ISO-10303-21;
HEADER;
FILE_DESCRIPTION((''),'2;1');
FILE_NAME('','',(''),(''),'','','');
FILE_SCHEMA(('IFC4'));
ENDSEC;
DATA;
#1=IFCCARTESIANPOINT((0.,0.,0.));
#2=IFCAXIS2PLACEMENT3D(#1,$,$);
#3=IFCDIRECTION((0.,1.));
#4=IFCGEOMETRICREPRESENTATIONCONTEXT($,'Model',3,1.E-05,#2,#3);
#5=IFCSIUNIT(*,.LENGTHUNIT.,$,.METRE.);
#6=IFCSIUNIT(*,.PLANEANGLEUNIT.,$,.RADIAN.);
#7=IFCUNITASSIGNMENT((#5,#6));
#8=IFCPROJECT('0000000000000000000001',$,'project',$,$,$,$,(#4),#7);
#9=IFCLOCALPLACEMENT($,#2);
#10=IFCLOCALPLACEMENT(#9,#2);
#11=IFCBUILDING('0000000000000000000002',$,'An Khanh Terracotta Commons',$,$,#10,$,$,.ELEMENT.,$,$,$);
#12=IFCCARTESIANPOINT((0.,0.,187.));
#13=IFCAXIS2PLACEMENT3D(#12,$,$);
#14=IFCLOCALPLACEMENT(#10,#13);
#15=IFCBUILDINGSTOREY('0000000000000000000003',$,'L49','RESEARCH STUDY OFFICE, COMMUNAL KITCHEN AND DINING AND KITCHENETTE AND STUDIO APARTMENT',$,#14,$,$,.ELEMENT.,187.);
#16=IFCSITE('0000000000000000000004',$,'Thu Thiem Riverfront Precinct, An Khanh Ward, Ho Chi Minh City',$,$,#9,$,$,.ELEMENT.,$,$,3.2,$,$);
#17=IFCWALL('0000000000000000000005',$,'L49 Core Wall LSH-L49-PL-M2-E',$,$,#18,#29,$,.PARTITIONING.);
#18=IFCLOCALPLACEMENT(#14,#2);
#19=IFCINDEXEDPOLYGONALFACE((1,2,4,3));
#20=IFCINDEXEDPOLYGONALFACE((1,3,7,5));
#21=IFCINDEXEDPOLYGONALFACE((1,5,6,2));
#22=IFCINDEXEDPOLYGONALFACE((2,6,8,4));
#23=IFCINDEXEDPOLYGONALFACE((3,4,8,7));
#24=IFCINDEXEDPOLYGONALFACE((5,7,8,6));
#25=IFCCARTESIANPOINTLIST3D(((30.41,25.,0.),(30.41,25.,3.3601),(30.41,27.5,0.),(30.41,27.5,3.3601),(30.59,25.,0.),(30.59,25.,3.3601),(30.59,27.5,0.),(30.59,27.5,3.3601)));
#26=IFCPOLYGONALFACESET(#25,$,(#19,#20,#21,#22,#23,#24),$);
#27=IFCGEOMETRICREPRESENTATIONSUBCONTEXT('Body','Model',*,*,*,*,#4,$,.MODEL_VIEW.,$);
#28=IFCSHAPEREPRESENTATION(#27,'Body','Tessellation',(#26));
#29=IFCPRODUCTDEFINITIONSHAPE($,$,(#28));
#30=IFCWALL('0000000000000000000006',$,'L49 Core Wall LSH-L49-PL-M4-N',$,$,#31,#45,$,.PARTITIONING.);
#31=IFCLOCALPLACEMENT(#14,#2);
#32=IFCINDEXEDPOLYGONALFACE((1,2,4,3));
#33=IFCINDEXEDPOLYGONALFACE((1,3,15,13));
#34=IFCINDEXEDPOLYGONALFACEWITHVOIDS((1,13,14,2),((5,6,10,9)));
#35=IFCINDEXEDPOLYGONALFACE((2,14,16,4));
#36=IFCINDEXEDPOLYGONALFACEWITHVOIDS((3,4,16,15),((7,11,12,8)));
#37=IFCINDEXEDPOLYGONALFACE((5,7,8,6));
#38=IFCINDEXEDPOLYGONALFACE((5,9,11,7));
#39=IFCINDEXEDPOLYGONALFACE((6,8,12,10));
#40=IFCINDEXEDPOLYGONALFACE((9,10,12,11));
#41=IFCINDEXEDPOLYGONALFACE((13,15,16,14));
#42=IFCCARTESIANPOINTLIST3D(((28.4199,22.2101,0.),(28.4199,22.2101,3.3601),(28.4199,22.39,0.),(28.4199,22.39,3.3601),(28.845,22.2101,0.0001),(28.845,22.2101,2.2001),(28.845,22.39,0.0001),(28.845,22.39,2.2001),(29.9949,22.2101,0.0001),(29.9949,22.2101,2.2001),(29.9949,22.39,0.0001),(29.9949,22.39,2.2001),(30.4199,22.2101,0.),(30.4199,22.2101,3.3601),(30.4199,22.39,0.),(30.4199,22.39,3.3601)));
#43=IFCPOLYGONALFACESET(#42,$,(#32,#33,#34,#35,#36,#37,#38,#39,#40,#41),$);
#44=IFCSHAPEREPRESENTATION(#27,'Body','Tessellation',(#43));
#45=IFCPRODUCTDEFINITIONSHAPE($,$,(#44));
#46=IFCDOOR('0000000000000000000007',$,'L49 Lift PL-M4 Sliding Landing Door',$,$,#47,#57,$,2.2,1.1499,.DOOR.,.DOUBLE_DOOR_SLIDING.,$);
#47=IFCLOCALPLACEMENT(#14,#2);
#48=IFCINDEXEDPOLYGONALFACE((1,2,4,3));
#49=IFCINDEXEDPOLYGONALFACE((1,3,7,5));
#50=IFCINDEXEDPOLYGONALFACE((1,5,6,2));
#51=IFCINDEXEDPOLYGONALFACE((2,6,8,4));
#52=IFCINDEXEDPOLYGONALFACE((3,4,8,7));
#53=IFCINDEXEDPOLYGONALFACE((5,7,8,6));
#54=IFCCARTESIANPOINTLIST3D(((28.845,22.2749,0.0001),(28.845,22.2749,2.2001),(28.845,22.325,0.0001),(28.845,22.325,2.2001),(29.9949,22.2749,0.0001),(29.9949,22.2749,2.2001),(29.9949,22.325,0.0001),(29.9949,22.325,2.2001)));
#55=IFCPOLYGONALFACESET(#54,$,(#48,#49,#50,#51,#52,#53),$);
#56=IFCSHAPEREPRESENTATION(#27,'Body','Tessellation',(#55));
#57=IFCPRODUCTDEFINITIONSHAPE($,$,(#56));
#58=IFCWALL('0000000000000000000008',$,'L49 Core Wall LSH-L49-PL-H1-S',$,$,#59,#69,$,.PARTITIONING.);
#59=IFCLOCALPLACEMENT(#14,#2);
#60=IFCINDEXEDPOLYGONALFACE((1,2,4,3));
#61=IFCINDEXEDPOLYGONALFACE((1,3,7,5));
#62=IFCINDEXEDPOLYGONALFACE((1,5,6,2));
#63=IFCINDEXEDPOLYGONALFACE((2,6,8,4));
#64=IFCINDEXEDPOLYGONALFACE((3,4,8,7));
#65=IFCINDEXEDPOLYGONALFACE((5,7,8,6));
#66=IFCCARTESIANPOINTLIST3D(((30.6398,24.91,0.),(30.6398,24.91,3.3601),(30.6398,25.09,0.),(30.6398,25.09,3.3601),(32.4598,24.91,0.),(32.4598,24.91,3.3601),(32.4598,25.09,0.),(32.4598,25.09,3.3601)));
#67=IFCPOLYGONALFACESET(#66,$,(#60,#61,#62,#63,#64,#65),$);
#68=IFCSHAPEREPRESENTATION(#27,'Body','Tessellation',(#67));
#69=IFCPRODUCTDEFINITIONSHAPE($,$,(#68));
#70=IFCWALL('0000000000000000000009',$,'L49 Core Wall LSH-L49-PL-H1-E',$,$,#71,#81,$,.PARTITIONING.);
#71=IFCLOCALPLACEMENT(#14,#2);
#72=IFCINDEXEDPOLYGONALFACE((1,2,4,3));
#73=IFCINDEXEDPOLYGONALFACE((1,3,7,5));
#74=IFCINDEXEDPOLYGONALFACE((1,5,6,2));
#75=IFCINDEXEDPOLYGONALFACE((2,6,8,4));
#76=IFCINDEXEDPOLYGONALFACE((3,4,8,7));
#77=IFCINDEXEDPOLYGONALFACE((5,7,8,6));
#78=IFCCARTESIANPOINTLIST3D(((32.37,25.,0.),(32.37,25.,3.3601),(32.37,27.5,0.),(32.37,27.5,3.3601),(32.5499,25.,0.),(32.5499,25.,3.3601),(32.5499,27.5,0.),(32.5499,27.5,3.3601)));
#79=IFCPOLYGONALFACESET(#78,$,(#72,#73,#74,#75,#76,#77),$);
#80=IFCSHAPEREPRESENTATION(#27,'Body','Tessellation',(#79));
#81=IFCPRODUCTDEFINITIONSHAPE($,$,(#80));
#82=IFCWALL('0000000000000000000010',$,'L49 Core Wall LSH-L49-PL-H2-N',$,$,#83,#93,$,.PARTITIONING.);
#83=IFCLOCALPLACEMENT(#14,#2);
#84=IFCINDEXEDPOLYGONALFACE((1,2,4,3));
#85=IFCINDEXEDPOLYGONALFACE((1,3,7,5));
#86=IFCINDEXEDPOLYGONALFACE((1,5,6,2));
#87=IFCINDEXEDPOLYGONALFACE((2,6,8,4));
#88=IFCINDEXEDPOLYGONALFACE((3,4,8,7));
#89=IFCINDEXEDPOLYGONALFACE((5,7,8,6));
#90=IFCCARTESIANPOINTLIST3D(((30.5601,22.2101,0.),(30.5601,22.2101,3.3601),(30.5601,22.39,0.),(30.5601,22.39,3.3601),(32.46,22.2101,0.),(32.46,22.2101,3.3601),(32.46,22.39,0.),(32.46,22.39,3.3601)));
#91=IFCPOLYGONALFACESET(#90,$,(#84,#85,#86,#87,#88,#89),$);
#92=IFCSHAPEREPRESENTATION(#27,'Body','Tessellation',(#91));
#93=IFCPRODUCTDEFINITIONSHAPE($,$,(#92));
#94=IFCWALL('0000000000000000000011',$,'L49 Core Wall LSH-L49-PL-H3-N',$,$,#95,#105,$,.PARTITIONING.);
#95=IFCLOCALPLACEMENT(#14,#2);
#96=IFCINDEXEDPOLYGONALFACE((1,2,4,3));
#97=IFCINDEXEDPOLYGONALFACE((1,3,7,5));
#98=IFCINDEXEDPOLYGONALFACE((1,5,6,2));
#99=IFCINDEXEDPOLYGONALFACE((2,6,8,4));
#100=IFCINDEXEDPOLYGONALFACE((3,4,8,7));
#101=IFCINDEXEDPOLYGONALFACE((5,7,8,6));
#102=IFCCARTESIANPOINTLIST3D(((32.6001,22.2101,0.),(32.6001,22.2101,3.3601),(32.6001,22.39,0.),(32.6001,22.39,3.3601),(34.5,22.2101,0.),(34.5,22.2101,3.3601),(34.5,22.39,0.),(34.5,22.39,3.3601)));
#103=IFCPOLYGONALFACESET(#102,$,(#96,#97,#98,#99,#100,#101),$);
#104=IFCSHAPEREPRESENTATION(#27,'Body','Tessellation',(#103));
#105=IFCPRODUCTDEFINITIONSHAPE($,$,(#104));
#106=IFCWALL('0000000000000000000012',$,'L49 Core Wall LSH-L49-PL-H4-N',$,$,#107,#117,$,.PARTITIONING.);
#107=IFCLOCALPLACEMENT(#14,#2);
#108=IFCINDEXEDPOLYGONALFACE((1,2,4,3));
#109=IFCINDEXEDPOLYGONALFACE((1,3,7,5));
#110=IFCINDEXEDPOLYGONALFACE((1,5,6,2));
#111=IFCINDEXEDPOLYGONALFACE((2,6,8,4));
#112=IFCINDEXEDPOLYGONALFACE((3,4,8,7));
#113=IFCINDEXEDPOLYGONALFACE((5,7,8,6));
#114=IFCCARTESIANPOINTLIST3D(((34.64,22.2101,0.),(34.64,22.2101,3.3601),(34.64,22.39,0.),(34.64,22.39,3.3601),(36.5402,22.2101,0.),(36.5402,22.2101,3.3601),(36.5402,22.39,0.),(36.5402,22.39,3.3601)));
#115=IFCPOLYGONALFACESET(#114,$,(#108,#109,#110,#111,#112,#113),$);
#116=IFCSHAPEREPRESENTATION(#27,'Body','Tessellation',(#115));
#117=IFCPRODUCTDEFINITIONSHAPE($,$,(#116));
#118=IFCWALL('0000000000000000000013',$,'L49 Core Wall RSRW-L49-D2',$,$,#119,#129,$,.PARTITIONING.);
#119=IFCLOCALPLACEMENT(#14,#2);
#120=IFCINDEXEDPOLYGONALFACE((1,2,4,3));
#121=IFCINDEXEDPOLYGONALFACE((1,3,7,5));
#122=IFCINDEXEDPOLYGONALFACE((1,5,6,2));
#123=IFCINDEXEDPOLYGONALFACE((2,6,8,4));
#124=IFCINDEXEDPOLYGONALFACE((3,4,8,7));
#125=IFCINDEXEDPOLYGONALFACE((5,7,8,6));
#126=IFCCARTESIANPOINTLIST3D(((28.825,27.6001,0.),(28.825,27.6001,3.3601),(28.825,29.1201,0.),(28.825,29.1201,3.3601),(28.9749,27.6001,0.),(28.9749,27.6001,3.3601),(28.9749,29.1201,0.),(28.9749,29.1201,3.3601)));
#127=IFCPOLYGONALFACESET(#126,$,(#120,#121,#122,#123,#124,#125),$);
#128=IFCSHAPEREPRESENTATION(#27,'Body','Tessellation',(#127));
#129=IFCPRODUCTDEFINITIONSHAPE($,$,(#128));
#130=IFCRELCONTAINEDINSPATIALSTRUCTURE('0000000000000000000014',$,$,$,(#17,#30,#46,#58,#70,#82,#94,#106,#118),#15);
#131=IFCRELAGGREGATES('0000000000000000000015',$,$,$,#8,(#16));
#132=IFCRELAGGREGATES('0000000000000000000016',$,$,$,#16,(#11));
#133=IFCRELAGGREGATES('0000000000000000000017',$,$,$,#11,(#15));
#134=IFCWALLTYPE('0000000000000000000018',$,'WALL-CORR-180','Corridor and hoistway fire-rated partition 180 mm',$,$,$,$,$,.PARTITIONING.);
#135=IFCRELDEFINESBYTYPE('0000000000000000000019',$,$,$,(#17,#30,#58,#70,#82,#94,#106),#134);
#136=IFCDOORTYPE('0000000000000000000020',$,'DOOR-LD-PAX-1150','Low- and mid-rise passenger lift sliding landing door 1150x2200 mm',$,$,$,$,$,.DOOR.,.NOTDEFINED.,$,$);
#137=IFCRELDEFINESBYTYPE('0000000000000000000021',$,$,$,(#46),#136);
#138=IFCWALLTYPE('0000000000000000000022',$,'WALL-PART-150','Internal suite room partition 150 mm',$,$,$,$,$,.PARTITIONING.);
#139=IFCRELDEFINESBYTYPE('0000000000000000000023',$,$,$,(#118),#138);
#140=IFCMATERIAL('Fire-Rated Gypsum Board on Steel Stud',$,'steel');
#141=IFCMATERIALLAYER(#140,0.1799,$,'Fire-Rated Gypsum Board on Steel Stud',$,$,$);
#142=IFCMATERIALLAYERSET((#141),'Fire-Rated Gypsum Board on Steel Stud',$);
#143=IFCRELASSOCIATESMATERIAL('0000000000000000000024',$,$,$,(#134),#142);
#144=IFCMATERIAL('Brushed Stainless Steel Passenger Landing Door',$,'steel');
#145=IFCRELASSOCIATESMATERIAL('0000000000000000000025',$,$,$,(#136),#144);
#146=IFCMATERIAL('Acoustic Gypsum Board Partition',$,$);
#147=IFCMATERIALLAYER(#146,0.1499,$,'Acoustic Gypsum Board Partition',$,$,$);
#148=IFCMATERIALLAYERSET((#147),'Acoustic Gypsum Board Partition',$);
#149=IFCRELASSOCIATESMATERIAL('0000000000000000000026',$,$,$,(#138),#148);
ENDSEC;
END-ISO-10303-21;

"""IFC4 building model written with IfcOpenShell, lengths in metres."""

from ifc_helpers import new_model, si_unit, direction, frame, frame_2d, origin, place, context, subcontext, project, spatial, rectangle, extrude, material, layer, layer_set, type_object, element, fill, save


model = new_model("IFC4")

# Units and contexts
model_context = context("Model", 3, precision=1e-05, world=origin(), true_north=direction((0.0, 1.0)))
body_context = subcontext(model_context, "Body", "Model", "MODEL_VIEW")
ifc_project = project(units=[si_unit("LENGTHUNIT", "METRE"), si_unit("PLANEANGLEUNIT", "RADIAN")], contexts=[model_context])

# Site, building, storey
site_placement = place(None, origin())
site = spatial("IfcSite", under=ifc_project, at=site_placement, Name="Thu Thiem Riverfront Precinct, An Khanh Ward, Ho Chi Minh City", CompositionType="ELEMENT", RefElevation=3.2)
building_placement = place(site_placement, origin())
building = spatial("IfcBuilding", under=site, at=building_placement, Name="An Khanh Terracotta Commons", CompositionType="ELEMENT")
storey_placement = place(building_placement, frame((0.0, 0.0, 187.0)))
storey = spatial("IfcBuildingStorey", under=building, at=storey_placement, Name="L49", Description="RESEARCH STUDY OFFICE, COMMUNAL KITCHEN AND DINING AND KITCHENETTE AND STUDIO APARTMENT", CompositionType="ELEMENT", Elevation=187.0)

# Shared definitions
ifc_material_1 = material(Name="Fire-Rated Gypsum Board on Steel Stud", Category="steel")
ifc_layer_1 = layer(ifc_material_1, 0.1799, Name="Fire-Rated Gypsum Board on Steel Stud")
ifc_layer_set_1 = layer_set([ifc_layer_1], Name="Fire-Rated Gypsum Board on Steel Stud")
wall_type_1 = type_object("IfcWallType", Name="WALL-CORR-180", Description="Corridor and hoistway fire-rated partition 180 mm", PredefinedType="PARTITIONING", material=ifc_layer_set_1)

# Shared definitions
ifc_material_2 = material(Name="Brushed Stainless Steel Passenger Landing Door", Category="steel")
door_type = type_object("IfcDoorType", Name="DOOR-LD-PAX-1150", Description="Low- and mid-rise passenger lift sliding landing door 1150x2200 mm", OperationType="NOTDEFINED", PredefinedType="DOOR", material=ifc_material_2)

# Wall
wall_1_placement = place(storey_placement, frame((30.5, 25.0, 0.0), z_axis=(0.0, 0.0, 1.0), x_axis=(0.0, 1.0, 0.0)))
element("IfcWall", 1, at=wall_1_placement, inside=storey, type_object=wall_type_1, Name="L49 Core Wall LSH-L49-PL-M2-E", PredefinedType="PARTITIONING", context=body_context, shape_type="SweptSolid", body=[
    extrude(rectangle(XDim=2.5, YDim=0.1799, at=frame_2d((1.25, 0.0))), origin(), (0.0, 0.0, 1.0), 3.3601),
])

# Wall, opening, door
wall_2_placement = place(storey_placement, frame((28.4199, 22.3, 0.0), z_axis=(0.0, 0.0, 1.0), x_axis=(1.0, 0.0, 0.0)))
wall_2 = element("IfcWall", 2, at=wall_2_placement, inside=storey, type_object=wall_type_1, Name="L49 Core Wall LSH-L49-PL-M4-N", PredefinedType="PARTITIONING", context=body_context, shape_type="SweptSolid", body=[
    extrude(rectangle(XDim=2.0, YDim=0.1799, at=frame_2d((1.0, 0.0))), origin(), (0.0, 0.0, 1.0), 3.3601),
])
opening_1_placement = place(wall_2_placement, frame((0.425, 0.0, 0.0)))
opening_1 = element("IfcOpeningElement", 3, at=opening_1_placement, cuts=wall_2, PredefinedType="OPENING", context=body_context, shape_type="SweptSolid", body=[
    extrude(rectangle(XDim=1.1499, YDim=2.2, at=frame_2d((0.575, 1.1001))), frame((0.0, 0.0999, 0.0), z_axis=(0.0, -1.0, 0.0), x_axis=(1.0, 0.0, 0.0)), (0.0, 0.0, 1.0), 0.2),
])
door_1_placement = place(opening_1_placement, origin())
door_1 = element("IfcDoor", 4, at=door_1_placement, inside=storey, type_object=door_type, Name="L49 Lift PL-M4 Sliding Landing Door", OperationType="DOUBLE_DOOR_SLIDING", OverallHeight=2.2, OverallWidth=1.1499, PredefinedType="DOOR", context=body_context, shape_type="SweptSolid", body=[
    extrude(rectangle(XDim=1.1499, YDim=2.2, at=frame_2d((0.575, 1.1001))), frame((0.0, 0.0249, 0.0), z_axis=(0.0, -1.0, 0.0), x_axis=(1.0, 0.0, 0.0)), (0.0, 0.0, 1.0), 0.05),
])
fill(opening_1, door_1)

# Walls
wall_3_placement = place(storey_placement, frame((32.46, 25.0, 0.0), z_axis=(0.0, 0.0, 1.0), x_axis=(-1.0, 0.0, 0.0)))
element("IfcWall", 5, at=wall_3_placement, inside=storey, type_object=wall_type_1, Name="L49 Core Wall LSH-L49-PL-H1-S", PredefinedType="PARTITIONING", context=body_context, shape_type="SweptSolid", body=[
    extrude(rectangle(XDim=1.8201, YDim=0.1799, at=frame_2d((0.9102, 0.0))), origin(), (0.0, 0.0, 1.0), 3.3601),
])
wall_4_placement = place(storey_placement, frame((32.46, 25.0, 0.0), z_axis=(0.0, 0.0, 1.0), x_axis=(0.0, 1.0, 0.0)))
element("IfcWall", 6, at=wall_4_placement, inside=storey, type_object=wall_type_1, Name="L49 Core Wall LSH-L49-PL-H1-E", PredefinedType="PARTITIONING", context=body_context, shape_type="SweptSolid", body=[
    extrude(rectangle(XDim=2.5, YDim=0.1799, at=frame_2d((1.25, 0.0))), origin(), (0.0, 0.0, 1.0), 3.3601),
])
for number, where, z_axis, x_axis, name in (
    (7, (30.5601, 22.3, 0.0), (0.0, 0.0, 1.0), (1.0, 0.0, 0.0), "L49 Core Wall LSH-L49-PL-H2-N"),
    (8, (32.6001, 22.3, 0.0), (0.0, 0.0, 1.0), (1.0, 0.0, 0.0), "L49 Core Wall LSH-L49-PL-H3-N"),
):
    element("IfcWall", number, at=place(storey_placement, frame(where, z_axis=z_axis, x_axis=x_axis)), inside=storey, type_object=wall_type_1, Name=name, PredefinedType="PARTITIONING", context=body_context, shape_type="SweptSolid", body=[
        extrude(rectangle(XDim=1.8999, YDim=0.1799, at=frame_2d((0.95, 0.0))), origin(), (0.0, 0.0, 1.0), 3.3601),
    ])
wall_5_placement = place(storey_placement, frame((34.6399, 22.3, 0.0), z_axis=(0.0, 0.0, 1.0), x_axis=(1.0, 0.0, 0.0)))
element("IfcWall", 9, at=wall_5_placement, inside=storey, type_object=wall_type_1, Name="L49 Core Wall LSH-L49-PL-H4-N", PredefinedType="PARTITIONING", context=body_context, shape_type="SweptSolid", body=[
    extrude(rectangle(XDim=1.9001, YDim=0.1799, at=frame_2d((0.9502, 0.0))), origin(), (0.0, 0.0, 1.0), 3.3601),
])
ifc_material_3 = material(Name="Acoustic Gypsum Board Partition")
ifc_layer_2 = layer(ifc_material_3, 0.1499, Name="Acoustic Gypsum Board Partition")
ifc_layer_set_2 = layer_set([ifc_layer_2], Name="Acoustic Gypsum Board Partition")
wall_type_2 = type_object("IfcWallType", Name="WALL-PART-150", Description="Internal suite room partition 150 mm", PredefinedType="PARTITIONING", material=ifc_layer_set_2)
wall_6_placement = place(storey_placement, frame((28.8999, 27.6001, 0.0), z_axis=(0.0, 0.0, 1.0), x_axis=(0.0, 1.0, 0.0)))
element("IfcWall", 10, at=wall_6_placement, inside=storey, type_object=wall_type_2, Name="L49 Core Wall RSRW-L49-D2", PredefinedType="PARTITIONING", context=body_context, shape_type="SweptSolid", body=[
    extrude(rectangle(XDim=1.52, YDim=0.1499, at=frame_2d((0.76, 0.0))), origin(), (0.0, 0.0, 1.0), 3.3601),
])

save(model, "model.ifc")
